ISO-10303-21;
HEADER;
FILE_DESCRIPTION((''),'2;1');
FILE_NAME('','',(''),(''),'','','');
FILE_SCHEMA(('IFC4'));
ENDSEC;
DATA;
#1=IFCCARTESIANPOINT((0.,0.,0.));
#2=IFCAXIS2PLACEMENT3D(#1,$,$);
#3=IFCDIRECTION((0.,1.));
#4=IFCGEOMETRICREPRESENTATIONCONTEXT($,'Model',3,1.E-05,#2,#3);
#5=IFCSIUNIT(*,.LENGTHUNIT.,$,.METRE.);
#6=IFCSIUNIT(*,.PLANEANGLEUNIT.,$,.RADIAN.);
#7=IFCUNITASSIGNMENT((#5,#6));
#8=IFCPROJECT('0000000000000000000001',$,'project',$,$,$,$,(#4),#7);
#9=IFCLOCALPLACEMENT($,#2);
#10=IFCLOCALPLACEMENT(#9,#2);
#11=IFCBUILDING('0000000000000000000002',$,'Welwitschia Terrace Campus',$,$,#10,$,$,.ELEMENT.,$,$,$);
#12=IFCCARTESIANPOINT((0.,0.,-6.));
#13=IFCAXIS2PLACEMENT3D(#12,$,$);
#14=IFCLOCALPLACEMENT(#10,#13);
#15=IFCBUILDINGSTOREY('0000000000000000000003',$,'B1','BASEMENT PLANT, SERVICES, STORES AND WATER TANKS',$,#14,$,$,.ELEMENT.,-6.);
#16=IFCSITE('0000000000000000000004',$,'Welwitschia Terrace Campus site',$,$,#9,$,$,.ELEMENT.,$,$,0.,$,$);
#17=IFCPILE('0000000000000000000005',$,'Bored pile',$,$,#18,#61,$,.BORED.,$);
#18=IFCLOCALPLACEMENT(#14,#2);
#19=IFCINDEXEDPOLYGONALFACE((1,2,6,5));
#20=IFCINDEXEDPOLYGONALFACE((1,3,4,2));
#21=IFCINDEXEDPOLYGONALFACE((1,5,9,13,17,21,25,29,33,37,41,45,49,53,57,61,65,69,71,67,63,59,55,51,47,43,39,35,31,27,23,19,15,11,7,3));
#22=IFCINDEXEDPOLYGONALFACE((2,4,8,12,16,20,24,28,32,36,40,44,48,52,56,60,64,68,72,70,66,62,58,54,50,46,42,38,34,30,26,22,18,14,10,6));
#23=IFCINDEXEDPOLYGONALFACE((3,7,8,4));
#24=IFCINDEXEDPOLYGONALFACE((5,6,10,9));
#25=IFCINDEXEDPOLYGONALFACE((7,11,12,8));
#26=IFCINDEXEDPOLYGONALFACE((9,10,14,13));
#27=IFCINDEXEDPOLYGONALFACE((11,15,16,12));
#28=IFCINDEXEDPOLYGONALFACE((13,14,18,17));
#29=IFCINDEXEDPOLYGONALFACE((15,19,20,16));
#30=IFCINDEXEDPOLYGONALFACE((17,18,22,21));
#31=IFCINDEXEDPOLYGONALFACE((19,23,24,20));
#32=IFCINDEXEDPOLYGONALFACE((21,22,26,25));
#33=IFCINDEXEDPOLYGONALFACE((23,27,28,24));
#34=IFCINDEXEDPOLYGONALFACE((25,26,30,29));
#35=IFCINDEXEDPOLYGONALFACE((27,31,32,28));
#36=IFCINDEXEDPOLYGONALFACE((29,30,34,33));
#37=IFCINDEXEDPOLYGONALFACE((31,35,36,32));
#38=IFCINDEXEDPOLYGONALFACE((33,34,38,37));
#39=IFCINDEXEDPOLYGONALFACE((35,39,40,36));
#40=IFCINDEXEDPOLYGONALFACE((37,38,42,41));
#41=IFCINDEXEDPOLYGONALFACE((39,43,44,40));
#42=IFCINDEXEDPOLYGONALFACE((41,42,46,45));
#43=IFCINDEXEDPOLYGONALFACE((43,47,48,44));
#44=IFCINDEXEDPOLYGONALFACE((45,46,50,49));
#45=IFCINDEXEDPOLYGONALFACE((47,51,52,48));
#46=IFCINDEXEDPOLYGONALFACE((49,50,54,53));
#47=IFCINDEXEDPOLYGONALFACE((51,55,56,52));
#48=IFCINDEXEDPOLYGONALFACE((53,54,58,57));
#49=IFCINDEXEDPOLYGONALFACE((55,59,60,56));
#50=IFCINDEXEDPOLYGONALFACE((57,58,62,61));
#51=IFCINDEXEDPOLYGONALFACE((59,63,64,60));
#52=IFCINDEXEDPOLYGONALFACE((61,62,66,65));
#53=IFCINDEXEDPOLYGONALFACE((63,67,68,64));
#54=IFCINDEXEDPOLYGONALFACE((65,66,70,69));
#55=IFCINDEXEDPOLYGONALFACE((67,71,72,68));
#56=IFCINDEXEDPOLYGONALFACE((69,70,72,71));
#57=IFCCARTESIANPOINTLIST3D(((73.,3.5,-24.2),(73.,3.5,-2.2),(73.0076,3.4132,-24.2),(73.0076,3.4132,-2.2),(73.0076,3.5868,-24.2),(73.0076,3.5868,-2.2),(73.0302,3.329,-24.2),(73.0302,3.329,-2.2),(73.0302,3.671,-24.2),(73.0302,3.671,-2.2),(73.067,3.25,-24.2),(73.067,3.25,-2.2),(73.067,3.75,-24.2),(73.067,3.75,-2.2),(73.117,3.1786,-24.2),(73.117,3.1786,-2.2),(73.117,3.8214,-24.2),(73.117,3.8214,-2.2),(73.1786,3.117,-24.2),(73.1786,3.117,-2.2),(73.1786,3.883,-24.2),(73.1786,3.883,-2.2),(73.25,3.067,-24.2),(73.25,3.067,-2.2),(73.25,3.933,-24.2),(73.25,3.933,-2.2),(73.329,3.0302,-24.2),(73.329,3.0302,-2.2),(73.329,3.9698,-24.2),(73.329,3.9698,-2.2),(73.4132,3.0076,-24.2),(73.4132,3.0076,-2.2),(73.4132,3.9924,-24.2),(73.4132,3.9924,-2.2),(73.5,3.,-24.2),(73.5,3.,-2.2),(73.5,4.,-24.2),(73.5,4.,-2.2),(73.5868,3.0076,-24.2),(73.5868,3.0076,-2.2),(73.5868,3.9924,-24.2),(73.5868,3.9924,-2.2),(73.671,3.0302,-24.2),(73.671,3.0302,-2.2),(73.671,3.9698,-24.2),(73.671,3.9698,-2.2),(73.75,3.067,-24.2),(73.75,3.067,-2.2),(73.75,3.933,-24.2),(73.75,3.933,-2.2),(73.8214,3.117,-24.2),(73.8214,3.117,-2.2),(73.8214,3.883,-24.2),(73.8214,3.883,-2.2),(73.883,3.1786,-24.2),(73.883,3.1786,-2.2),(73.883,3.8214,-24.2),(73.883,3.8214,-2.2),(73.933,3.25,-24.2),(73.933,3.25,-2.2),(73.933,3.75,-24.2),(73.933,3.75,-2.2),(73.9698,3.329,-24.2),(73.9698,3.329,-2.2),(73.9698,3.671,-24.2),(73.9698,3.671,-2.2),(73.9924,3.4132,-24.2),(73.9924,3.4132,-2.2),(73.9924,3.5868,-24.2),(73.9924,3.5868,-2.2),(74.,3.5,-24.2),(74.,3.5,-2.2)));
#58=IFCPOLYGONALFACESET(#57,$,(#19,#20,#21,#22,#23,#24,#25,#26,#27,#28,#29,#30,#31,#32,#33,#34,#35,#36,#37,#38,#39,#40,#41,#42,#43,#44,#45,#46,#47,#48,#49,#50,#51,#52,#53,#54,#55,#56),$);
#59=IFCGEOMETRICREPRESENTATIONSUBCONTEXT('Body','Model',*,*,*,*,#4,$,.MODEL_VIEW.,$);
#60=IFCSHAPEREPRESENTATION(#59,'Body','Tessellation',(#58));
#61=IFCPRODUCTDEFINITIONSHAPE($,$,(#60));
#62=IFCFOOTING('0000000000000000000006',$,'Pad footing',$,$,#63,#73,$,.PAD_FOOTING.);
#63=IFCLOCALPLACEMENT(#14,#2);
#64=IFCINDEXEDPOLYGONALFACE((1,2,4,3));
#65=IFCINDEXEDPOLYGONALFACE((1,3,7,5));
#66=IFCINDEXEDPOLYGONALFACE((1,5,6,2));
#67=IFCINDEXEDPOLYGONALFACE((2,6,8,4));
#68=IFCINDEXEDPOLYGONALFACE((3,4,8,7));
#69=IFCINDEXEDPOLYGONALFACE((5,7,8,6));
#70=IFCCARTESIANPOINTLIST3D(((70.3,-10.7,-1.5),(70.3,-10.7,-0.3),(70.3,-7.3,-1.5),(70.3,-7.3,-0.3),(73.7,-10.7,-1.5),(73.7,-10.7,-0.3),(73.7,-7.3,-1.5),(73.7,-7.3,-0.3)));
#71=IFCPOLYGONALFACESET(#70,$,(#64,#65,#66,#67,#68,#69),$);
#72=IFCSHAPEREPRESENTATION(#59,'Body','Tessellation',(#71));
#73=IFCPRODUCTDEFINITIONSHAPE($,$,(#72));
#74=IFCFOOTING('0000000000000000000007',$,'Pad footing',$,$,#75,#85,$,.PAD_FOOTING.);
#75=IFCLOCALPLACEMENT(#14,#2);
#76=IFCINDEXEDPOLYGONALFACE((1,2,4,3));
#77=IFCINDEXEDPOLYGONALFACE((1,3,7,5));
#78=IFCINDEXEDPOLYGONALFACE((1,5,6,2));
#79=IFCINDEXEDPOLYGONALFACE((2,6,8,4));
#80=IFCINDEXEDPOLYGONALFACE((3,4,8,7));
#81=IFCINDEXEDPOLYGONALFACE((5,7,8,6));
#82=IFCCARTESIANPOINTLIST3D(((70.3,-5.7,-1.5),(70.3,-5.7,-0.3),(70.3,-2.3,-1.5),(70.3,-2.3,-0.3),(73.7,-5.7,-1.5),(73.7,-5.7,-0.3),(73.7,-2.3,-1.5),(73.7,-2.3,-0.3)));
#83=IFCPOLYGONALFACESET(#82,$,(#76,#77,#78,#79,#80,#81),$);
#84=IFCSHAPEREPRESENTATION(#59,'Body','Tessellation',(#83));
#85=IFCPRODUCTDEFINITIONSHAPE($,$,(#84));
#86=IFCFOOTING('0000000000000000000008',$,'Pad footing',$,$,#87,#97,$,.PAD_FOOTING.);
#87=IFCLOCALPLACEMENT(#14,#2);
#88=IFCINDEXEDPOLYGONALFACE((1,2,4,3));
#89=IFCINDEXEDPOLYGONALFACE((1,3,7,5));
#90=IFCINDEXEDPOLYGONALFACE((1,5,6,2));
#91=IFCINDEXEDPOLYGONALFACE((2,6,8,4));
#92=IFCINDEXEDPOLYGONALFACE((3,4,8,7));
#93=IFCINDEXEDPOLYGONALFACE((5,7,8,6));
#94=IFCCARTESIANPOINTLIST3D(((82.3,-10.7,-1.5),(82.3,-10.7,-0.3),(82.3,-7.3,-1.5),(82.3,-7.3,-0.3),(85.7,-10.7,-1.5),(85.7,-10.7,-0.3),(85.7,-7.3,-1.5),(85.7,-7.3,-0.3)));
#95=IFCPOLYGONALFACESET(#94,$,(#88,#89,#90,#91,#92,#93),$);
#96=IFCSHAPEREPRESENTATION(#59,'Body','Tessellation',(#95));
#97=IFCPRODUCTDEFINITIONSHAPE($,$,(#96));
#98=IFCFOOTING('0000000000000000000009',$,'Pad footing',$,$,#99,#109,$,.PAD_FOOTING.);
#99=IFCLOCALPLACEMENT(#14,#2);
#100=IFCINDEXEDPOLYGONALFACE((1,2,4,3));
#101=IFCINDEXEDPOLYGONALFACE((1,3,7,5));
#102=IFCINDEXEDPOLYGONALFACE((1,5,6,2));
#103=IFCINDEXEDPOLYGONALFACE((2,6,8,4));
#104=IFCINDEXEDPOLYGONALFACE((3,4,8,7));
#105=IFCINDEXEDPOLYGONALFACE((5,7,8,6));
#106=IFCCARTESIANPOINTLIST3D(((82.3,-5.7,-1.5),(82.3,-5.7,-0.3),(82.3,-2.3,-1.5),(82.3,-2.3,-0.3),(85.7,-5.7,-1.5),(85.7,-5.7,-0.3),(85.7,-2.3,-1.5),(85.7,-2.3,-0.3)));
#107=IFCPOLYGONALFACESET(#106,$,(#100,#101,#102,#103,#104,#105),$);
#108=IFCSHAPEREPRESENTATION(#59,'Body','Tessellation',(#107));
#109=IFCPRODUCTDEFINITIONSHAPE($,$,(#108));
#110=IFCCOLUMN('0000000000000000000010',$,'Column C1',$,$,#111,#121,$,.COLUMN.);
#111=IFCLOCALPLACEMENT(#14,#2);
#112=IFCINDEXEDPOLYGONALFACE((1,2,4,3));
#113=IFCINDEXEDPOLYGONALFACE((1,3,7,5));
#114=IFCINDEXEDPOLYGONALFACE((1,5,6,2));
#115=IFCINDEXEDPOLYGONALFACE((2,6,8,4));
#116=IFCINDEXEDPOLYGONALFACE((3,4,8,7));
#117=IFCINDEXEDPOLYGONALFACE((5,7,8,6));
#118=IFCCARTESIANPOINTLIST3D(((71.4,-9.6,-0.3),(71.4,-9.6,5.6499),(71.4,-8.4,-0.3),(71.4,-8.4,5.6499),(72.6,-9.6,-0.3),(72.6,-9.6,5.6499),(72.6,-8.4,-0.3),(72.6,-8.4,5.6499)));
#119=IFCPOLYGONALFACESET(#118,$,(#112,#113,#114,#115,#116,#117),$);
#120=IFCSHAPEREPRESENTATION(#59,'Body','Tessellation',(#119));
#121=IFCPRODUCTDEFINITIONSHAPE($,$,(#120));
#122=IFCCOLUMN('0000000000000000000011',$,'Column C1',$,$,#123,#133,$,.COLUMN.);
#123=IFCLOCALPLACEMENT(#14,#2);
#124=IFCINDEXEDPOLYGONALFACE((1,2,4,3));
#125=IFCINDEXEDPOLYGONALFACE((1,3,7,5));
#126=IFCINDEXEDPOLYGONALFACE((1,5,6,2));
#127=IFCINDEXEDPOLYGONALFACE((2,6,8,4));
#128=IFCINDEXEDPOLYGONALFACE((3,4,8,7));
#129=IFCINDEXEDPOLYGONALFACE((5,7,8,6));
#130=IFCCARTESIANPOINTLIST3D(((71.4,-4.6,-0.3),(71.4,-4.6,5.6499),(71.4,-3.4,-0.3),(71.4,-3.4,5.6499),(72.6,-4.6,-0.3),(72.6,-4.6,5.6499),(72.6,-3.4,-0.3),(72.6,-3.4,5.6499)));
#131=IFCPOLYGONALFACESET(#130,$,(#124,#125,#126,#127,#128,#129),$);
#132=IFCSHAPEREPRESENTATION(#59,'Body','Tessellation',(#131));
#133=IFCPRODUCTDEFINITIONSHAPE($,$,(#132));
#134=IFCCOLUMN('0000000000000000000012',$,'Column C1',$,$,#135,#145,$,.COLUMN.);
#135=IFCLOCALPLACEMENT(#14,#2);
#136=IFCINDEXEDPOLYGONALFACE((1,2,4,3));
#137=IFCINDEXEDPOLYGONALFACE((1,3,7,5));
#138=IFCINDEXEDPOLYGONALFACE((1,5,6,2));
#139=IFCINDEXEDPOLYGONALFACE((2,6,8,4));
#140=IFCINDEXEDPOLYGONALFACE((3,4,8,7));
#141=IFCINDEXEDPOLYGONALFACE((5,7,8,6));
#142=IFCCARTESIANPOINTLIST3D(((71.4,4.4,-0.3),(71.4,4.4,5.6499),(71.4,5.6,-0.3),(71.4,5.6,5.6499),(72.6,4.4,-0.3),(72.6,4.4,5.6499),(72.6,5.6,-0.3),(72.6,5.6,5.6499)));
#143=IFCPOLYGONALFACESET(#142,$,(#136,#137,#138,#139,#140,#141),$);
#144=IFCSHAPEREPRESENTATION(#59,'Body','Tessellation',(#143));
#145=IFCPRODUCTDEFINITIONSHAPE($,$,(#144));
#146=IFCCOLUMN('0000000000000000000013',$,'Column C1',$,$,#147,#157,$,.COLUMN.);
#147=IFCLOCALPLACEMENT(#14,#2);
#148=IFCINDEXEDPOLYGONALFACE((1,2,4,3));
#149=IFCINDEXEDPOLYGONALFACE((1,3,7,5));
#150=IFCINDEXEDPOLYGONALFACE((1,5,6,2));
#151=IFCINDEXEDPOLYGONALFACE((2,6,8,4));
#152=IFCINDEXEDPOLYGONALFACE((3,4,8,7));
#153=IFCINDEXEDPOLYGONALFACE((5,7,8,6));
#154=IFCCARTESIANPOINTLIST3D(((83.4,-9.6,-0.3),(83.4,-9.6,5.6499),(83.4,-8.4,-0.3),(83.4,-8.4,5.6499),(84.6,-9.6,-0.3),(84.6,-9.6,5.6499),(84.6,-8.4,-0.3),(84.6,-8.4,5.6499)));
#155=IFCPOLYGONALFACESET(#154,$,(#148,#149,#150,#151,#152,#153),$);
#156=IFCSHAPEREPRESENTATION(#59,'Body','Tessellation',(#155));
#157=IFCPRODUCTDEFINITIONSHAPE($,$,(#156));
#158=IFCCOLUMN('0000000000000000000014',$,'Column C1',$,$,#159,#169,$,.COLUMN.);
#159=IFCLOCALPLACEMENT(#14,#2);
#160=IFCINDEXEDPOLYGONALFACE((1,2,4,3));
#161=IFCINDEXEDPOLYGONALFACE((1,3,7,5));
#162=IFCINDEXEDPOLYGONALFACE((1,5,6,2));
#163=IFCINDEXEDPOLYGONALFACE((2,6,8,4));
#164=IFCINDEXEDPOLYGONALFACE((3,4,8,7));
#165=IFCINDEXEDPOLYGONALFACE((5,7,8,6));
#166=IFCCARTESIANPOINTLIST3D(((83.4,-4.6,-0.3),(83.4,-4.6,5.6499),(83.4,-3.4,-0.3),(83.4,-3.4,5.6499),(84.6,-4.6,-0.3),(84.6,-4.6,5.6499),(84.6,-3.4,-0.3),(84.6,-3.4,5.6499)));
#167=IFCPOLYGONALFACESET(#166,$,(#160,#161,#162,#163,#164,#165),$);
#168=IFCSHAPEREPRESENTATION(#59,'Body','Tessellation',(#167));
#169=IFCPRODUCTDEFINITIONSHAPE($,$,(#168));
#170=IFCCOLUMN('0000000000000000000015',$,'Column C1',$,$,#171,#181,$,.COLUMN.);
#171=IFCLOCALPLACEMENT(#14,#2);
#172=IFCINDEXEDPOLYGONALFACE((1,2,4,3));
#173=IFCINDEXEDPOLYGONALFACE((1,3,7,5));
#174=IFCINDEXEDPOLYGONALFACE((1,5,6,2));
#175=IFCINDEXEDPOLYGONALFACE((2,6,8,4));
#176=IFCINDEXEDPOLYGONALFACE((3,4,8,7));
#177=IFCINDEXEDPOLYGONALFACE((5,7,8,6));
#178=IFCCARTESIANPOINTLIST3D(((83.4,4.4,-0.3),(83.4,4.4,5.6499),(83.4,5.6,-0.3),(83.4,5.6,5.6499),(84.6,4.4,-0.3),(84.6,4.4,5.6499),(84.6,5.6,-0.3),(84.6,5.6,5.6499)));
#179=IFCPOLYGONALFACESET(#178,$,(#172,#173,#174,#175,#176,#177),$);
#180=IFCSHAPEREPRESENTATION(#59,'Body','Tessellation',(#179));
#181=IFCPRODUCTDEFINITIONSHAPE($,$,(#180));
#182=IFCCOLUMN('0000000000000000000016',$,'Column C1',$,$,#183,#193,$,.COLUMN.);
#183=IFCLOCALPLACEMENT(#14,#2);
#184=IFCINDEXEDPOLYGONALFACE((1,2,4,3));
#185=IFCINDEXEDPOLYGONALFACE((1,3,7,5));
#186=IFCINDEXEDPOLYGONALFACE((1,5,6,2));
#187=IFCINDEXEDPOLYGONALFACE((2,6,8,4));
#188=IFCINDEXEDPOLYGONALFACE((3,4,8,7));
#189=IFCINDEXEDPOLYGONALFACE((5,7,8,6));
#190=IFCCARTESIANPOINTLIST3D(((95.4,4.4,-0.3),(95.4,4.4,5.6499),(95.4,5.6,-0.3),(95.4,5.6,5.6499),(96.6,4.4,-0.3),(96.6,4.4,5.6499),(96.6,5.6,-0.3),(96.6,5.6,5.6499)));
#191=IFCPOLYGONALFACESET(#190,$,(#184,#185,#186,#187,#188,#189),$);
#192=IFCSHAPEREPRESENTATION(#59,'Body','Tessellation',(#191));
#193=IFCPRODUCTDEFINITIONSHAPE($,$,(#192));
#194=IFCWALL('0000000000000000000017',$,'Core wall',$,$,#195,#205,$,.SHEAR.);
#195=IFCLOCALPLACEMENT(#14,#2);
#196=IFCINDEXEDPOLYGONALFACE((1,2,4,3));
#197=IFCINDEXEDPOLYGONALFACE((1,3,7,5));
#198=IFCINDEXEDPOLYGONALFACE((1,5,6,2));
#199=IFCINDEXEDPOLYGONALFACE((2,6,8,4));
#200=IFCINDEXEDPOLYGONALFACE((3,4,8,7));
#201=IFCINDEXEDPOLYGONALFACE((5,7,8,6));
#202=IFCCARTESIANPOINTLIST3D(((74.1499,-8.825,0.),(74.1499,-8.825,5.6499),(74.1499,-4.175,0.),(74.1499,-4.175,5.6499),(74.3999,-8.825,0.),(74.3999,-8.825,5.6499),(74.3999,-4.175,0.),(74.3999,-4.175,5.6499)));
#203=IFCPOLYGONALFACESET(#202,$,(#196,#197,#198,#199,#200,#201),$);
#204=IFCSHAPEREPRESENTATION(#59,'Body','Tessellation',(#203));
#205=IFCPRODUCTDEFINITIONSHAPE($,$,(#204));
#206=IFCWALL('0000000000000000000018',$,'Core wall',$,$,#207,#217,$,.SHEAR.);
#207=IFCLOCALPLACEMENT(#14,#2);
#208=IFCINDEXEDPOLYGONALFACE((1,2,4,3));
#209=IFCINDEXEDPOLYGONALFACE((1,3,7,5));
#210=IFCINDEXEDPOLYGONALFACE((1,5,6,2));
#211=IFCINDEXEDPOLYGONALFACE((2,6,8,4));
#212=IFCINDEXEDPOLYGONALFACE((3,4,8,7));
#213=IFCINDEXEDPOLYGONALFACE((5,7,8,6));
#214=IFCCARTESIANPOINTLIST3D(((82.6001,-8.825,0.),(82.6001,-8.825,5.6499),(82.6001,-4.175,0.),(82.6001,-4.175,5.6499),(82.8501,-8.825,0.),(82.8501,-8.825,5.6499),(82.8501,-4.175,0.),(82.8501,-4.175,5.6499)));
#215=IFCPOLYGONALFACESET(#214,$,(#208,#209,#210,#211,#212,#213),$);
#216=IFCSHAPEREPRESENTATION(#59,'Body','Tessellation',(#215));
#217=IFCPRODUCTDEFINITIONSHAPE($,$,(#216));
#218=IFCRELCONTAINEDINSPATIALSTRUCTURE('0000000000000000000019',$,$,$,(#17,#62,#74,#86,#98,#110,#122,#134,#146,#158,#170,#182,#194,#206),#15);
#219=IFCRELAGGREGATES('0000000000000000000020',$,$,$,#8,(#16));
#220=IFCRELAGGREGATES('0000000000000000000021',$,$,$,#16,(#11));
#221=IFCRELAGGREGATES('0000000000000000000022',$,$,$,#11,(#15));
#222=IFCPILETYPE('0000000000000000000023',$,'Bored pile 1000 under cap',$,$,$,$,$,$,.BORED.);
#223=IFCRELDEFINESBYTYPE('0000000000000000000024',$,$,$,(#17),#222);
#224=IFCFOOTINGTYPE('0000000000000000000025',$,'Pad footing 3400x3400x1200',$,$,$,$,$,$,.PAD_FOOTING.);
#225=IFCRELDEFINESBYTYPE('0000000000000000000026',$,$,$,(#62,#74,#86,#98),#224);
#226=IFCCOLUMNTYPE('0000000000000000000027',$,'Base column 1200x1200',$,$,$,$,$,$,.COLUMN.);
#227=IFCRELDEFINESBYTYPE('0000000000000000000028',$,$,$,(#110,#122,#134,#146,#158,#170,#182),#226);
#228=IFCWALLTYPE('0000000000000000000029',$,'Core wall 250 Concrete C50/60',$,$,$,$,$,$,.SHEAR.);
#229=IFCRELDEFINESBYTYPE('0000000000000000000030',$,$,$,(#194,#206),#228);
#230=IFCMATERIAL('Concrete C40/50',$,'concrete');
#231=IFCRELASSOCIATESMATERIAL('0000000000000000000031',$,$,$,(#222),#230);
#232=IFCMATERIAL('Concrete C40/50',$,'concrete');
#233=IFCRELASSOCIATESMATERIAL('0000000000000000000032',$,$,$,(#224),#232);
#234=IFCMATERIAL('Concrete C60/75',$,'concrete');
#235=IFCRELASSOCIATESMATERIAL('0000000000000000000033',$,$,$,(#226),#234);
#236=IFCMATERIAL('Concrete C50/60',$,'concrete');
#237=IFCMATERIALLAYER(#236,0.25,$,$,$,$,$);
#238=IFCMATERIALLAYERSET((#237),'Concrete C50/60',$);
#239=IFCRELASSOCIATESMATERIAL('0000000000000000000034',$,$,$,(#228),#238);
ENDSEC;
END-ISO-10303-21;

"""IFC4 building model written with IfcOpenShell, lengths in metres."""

from ifc_helpers import new_model, si_unit, direction, frame, frame_2d, origin, origin_2d, place, context, subcontext, project, spatial, rectangle, circle, extrude, material, layer, layer_set, material_profile, profile_set, type_object, element, save


model = new_model("IFC4")

# Units and contexts
model_context = context("Model", 3, precision=1e-05, world=origin(), true_north=direction((0.0, 1.0)))
body_context = subcontext(model_context, "Body", "Model", "MODEL_VIEW")
ifc_project = project(units=[si_unit("LENGTHUNIT", "METRE"), si_unit("PLANEANGLEUNIT", "RADIAN")], contexts=[model_context])

# Site, building, storey
site_placement = place(None, origin())
site = spatial("IfcSite", under=ifc_project, at=site_placement, Name="Welwitschia Terrace Campus site", CompositionType="ELEMENT", RefElevation=0.0)
building_placement = place(site_placement, origin())
building = spatial("IfcBuilding", under=site, at=building_placement, Name="Welwitschia Terrace Campus", CompositionType="ELEMENT")
storey_placement = place(building_placement, frame((0.0, 0.0, -6.0)))
storey = spatial("IfcBuildingStorey", under=building, at=storey_placement, Name="B1", Description="BASEMENT PLANT, SERVICES, STORES AND WATER TANKS", CompositionType="ELEMENT", Elevation=-6.0)

# Pile
ifc_material_1 = material(Name="Concrete C40/50", Category="concrete")
pile_type = type_object("IfcPileType", Name="Bored pile 1000 under cap", PredefinedType="BORED", material=ifc_material_1)
pile_placement = place(storey_placement, frame((73.5, 3.5, -2.2), z_axis=(0.0, 0.0, -1.0), x_axis=(1.0, 0.0, 0.0)))
element("IfcPile", 1, at=pile_placement, inside=storey, type_object=pile_type, Name="Bored pile", PredefinedType="BORED", context=body_context, shape_type="SweptSolid", body=[
    extrude(circle(Radius=0.5, at=origin_2d()), origin(), (0.0, 0.0, 1.0), 22.0),
])

# Footings
ifc_material_2 = material(Name="Concrete C40/50", Category="concrete")
footing_type = type_object("IfcFootingType", Name="Pad footing 3400x3400x1200", PredefinedType="PAD_FOOTING", material=ifc_material_2)
for number, where, z_axis, x_axis, name in (
    (2, (72.0, -9.0, -1.5), (0.0, 0.0, 1.0), (1.0, 0.0, 0.0), "Pad footing"),
    (3, (72.0, -4.0, -1.5), (0.0, 0.0, 1.0), (1.0, 0.0, 0.0), "Pad footing"),
    (4, (84.0, -9.0, -1.5), (0.0, 0.0, 1.0), (1.0, 0.0, 0.0), "Pad footing"),
    (5, (84.0, -4.0, -1.5), (0.0, 0.0, 1.0), (1.0, 0.0, 0.0), "Pad footing"),
):
    element("IfcFooting", number, at=place(storey_placement, frame(where, z_axis=z_axis, x_axis=x_axis)), inside=storey, type_object=footing_type, Name=name, PredefinedType="PAD_FOOTING", context=body_context, shape_type="SweptSolid", body=[
        extrude(rectangle(XDim=3.3999, YDim=3.3999, at=origin_2d()), origin(), (0.0, 0.0, 1.0), 1.2),
    ])

# Columns
ifc_material_3 = material(Name="Concrete C60/75", Category="concrete")
ifc_material_profile = material_profile(ifc_material_3, rectangle(XDim=1.2, YDim=1.2, at=origin_2d()))
ifc_profile_set = profile_set([ifc_material_profile], Name="Concrete C60/75")
column_type = type_object("IfcColumnType", Name="Base column 1200x1200", PredefinedType="COLUMN", material=ifc_profile_set)
for number, where, z_axis, x_axis, name in (
    (6, (72.0, -9.0, -0.3), (0.0, 0.0, 1.0), (1.0, 0.0, 0.0), "Column C1"),
    (7, (72.0, -4.0, -0.3), (0.0, 0.0, 1.0), (1.0, 0.0, 0.0), "Column C1"),
    (8, (72.0, 5.0, -0.3), (0.0, 0.0, 1.0), (1.0, 0.0, 0.0), "Column C1"),
    (9, (84.0, -9.0, -0.3), (0.0, 0.0, 1.0), (1.0, 0.0, 0.0), "Column C1"),
    (10, (84.0, -4.0, -0.3), (0.0, 0.0, 1.0), (1.0, 0.0, 0.0), "Column C1"),
    (11, (84.0, 5.0, -0.3), (0.0, 0.0, 1.0), (1.0, 0.0, 0.0), "Column C1"),
    (12, (96.0, 5.0, -0.3), (0.0, 0.0, 1.0), (1.0, 0.0, 0.0), "Column C1"),
):
    element("IfcColumn", number, at=place(storey_placement, frame(where, z_axis=z_axis, x_axis=x_axis)), inside=storey, type_object=column_type, Name=name, PredefinedType="COLUMN", context=body_context, shape_type="SweptSolid", body=[
        extrude(rectangle(XDim=1.2, YDim=1.2, at=origin_2d()), origin(), (0.0, 0.0, 1.0), 5.95),
    ])

# Walls
ifc_material_4 = material(Name="Concrete C50/60", Category="concrete")
ifc_layer_1 = layer(ifc_material_4, 0.25)
ifc_layer_set_1 = layer_set([ifc_layer_1], Name="Concrete C50/60")
wall_type_1 = type_object("IfcWallType", Name="Core wall 250 Concrete C50/60", PredefinedType="SHEAR", material=ifc_layer_set_1)
for number, where, z_axis, x_axis, name in (
    (13, (74.2749, -8.825, 0.0), (0.0, 0.0, 1.0), (0.0, 1.0, 0.0), "Core wall"),
    (14, (82.7251, -8.825, 0.0), (0.0, 0.0, 1.0), (0.0, 1.0, 0.0), "Core wall"),
):
    element("IfcWall", number, at=place(storey_placement, frame(where, z_axis=z_axis, x_axis=x_axis)), inside=storey, type_object=wall_type_1, Name=name, PredefinedType="SHEAR", context=body_context, shape_type="SweptSolid", body=[
        extrude(rectangle(XDim=4.6499, YDim=0.25, at=frame_2d((2.325, 0.0))), origin(), (0.0, 0.0, 1.0), 5.6499),
    ])

save(model, "model.ifc")
